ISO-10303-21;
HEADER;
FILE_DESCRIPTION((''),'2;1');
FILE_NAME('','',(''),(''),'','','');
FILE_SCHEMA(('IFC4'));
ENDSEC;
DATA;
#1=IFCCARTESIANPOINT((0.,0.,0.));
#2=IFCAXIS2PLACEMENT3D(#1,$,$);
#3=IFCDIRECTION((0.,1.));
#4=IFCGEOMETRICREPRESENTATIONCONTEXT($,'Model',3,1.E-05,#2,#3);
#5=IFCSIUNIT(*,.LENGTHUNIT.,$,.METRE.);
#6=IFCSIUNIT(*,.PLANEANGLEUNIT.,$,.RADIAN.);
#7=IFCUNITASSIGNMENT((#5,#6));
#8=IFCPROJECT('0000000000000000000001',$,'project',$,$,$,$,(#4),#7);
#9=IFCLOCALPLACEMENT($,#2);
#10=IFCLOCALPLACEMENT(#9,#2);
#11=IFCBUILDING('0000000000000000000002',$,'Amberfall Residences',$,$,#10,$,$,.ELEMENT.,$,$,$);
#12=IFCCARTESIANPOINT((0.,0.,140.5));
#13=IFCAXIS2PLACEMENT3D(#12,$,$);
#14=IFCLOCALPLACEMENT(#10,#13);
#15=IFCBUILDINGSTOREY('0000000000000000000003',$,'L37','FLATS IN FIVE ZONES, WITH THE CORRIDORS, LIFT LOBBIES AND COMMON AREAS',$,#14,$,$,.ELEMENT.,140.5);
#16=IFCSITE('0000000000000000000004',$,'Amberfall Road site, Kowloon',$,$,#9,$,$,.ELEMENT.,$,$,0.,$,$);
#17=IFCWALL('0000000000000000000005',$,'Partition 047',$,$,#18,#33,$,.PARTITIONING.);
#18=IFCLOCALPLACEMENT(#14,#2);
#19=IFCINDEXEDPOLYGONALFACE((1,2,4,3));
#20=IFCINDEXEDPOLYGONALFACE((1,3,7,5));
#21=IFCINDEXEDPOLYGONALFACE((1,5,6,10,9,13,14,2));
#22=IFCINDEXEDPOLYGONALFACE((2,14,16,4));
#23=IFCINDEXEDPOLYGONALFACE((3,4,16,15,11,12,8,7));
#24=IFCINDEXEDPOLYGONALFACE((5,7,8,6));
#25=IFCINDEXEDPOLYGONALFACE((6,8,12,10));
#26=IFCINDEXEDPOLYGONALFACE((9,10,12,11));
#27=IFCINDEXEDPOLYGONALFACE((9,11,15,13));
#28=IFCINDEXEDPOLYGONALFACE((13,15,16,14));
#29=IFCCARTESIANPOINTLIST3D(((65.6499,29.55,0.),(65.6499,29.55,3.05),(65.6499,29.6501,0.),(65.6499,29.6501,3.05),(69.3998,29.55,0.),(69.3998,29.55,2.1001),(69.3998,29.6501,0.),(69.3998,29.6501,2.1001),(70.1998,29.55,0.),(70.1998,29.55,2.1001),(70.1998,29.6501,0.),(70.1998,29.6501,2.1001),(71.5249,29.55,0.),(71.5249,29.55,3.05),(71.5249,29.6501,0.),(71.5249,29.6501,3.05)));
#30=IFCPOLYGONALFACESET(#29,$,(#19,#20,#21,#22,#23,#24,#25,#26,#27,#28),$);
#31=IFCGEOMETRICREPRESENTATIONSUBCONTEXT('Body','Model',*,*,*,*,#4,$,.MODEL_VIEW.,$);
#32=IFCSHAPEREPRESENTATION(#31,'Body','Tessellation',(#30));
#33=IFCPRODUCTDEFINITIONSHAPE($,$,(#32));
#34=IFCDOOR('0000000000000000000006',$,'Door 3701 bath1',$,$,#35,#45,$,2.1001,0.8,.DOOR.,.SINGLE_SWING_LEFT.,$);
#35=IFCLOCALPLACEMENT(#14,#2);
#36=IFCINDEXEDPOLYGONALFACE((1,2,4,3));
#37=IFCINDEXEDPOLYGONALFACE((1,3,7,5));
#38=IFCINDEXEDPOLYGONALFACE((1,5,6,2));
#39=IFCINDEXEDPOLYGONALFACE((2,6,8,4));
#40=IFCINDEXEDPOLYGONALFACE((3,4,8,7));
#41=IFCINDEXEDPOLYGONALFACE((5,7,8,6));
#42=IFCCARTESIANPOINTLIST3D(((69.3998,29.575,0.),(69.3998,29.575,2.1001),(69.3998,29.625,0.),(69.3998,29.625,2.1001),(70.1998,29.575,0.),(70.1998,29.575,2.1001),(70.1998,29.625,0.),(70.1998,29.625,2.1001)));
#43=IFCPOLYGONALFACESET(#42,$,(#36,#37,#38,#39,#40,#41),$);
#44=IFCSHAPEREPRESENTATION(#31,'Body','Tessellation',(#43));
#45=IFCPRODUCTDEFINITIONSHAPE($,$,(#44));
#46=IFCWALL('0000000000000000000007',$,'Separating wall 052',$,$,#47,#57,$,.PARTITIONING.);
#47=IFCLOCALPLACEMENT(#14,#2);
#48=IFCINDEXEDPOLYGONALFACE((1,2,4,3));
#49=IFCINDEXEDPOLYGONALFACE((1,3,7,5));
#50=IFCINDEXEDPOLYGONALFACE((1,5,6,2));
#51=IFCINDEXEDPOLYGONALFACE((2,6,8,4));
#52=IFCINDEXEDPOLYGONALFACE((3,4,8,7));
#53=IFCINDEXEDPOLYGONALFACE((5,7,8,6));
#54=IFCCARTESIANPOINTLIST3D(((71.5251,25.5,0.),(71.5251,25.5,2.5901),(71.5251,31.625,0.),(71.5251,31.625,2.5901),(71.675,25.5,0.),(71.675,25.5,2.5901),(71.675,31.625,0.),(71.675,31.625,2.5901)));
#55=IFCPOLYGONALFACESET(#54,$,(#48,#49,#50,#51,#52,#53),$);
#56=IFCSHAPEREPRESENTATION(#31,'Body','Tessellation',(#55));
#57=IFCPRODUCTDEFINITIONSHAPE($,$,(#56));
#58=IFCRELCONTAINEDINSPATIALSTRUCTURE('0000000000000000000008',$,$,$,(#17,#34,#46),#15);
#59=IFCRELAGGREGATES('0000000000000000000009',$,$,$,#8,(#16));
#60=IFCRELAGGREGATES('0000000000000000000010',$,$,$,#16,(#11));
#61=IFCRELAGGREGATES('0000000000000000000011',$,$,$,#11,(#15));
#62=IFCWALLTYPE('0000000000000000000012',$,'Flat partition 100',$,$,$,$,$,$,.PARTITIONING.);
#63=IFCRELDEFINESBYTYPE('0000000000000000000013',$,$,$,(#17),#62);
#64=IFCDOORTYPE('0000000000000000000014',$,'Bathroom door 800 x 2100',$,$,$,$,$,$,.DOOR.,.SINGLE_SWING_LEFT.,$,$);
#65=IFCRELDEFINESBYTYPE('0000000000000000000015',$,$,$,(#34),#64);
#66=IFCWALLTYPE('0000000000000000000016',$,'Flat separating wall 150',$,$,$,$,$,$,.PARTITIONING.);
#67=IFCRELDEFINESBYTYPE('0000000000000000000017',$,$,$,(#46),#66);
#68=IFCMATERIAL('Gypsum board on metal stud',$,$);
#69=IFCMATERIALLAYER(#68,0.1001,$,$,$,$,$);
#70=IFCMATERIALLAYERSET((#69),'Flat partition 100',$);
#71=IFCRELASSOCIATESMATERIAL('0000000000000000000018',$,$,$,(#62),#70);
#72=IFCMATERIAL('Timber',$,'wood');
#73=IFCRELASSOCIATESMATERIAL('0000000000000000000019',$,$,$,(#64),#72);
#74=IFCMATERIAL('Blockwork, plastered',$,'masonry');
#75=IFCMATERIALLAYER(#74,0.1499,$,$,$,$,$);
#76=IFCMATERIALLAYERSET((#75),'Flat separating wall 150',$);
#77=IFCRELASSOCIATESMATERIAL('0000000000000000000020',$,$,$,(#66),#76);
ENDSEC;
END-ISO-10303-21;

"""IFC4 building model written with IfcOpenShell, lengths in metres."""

from ifc_helpers import new_model, si_unit, direction, frame, frame_2d, origin, place, context, subcontext, project, spatial, rectangle, extrude, material, layer, layer_set, type_object, element, fill, save


model = new_model("IFC4")

# Units and contexts
model_context = context("Model", 3, precision=1e-05, world=origin(), true_north=direction((0.0, 1.0)))
body_context = subcontext(model_context, "Body", "Model", "MODEL_VIEW")
ifc_project = project(units=[si_unit("LENGTHUNIT", "METRE"), si_unit("PLANEANGLEUNIT", "RADIAN")], contexts=[model_context])

# Site, building, storey
site_placement = place(None, origin())
site = spatial("IfcSite", under=ifc_project, at=site_placement, Name="Amberfall Road site, Kowloon", CompositionType="ELEMENT", RefElevation=0.0)
building_placement = place(site_placement, origin())
building = spatial("IfcBuilding", under=site, at=building_placement, Name="Amberfall Residences", CompositionType="ELEMENT")
storey_placement = place(building_placement, frame((0.0, 0.0, 140.5)))
storey = spatial("IfcBuildingStorey", under=building, at=storey_placement, Name="L37", Description="FLATS IN FIVE ZONES, WITH THE CORRIDORS, LIFT LOBBIES AND COMMON AREAS", CompositionType="ELEMENT", Elevation=140.5)

# Wall, opening, door
ifc_material_1 = material(Name="Gypsum board on metal stud")
ifc_layer_1 = layer(ifc_material_1, 0.1001)
ifc_layer_set_1 = layer_set([ifc_layer_1], Name="Flat partition 100")
wall_type_1 = type_object("IfcWallType", Name="Flat partition 100", PredefinedType="PARTITIONING", material=ifc_layer_set_1)
wall_1_placement = place(storey_placement, frame((65.6499, 29.6001, 0.0), z_axis=(0.0, 0.0, 1.0), x_axis=(1.0, 0.0, 0.0)))
wall_1 = element("IfcWall", 1, at=wall_1_placement, inside=storey, type_object=wall_type_1, Name="Partition 047", PredefinedType="PARTITIONING", context=body_context, shape_type="SweptSolid", body=[
    extrude(rectangle(XDim=5.875, YDim=0.1001, at=frame_2d((2.9375, 0.0))), origin(), (0.0, 0.0, 1.0), 3.05),
])
opening_1_placement = place(wall_1_placement, frame((3.75, 0.0, 0.0)))
opening_1 = element("IfcOpeningElement", 2, at=opening_1_placement, cuts=wall_1, PredefinedType="OPENING", context=body_context, shape_type="SweptSolid", body=[
    extrude(rectangle(XDim=0.8, YDim=2.1001, at=frame_2d((0.3999, 1.05))), frame((0.0, 0.0601, 0.0), z_axis=(0.0, -1.0, 0.0), x_axis=(1.0, 0.0, 0.0)), (0.0, 0.0, 1.0), 0.1201),
])
ifc_material_2 = material(Name="Timber", Category="wood")
door_type = type_object("IfcDoorType", Name="Bathroom door 800 x 2100", OperationType="SINGLE_SWING_LEFT", PredefinedType="DOOR", material=ifc_material_2)
door_placement = place(opening_1_placement, origin())
door = element("IfcDoor", 3, at=door_placement, inside=storey, type_object=door_type, Name="Door 3701 bath1", OperationType="SINGLE_SWING_LEFT", OverallHeight=2.1001, OverallWidth=0.8, PredefinedType="DOOR", context=body_context, shape_type="SweptSolid", body=[
    extrude(rectangle(XDim=0.8, YDim=2.1001, at=frame_2d((0.3999, 1.05))), frame((0.0, 0.0249, 0.0), z_axis=(0.0, -1.0, 0.0), x_axis=(1.0, 0.0, 0.0)), (0.0, 0.0, 1.0), 0.05),
])
fill(opening_1, door)

# Wall
ifc_material_3 = material(Name="Blockwork, plastered", Category="masonry")
ifc_layer_2 = layer(ifc_material_3, 0.1499)
ifc_layer_set_2 = layer_set([ifc_layer_2], Name="Flat separating wall 150")
wall_type_2 = type_object("IfcWallType", Name="Flat separating wall 150", PredefinedType="PARTITIONING", material=ifc_layer_set_2)
wall_2_placement = place(storey_placement, frame((71.6001, 25.5, 0.0), z_axis=(0.0, 0.0, 1.0), x_axis=(0.0, 1.0, 0.0)))
element("IfcWall", 4, at=wall_2_placement, inside=storey, type_object=wall_type_2, Name="Separating wall 052", PredefinedType="PARTITIONING", context=body_context, shape_type="SweptSolid", body=[
    extrude(rectangle(XDim=6.125, YDim=0.1499, at=frame_2d((3.0625, 0.0))), origin(), (0.0, 0.0, 1.0), 2.5901),
])

save(model, "model.ifc")
